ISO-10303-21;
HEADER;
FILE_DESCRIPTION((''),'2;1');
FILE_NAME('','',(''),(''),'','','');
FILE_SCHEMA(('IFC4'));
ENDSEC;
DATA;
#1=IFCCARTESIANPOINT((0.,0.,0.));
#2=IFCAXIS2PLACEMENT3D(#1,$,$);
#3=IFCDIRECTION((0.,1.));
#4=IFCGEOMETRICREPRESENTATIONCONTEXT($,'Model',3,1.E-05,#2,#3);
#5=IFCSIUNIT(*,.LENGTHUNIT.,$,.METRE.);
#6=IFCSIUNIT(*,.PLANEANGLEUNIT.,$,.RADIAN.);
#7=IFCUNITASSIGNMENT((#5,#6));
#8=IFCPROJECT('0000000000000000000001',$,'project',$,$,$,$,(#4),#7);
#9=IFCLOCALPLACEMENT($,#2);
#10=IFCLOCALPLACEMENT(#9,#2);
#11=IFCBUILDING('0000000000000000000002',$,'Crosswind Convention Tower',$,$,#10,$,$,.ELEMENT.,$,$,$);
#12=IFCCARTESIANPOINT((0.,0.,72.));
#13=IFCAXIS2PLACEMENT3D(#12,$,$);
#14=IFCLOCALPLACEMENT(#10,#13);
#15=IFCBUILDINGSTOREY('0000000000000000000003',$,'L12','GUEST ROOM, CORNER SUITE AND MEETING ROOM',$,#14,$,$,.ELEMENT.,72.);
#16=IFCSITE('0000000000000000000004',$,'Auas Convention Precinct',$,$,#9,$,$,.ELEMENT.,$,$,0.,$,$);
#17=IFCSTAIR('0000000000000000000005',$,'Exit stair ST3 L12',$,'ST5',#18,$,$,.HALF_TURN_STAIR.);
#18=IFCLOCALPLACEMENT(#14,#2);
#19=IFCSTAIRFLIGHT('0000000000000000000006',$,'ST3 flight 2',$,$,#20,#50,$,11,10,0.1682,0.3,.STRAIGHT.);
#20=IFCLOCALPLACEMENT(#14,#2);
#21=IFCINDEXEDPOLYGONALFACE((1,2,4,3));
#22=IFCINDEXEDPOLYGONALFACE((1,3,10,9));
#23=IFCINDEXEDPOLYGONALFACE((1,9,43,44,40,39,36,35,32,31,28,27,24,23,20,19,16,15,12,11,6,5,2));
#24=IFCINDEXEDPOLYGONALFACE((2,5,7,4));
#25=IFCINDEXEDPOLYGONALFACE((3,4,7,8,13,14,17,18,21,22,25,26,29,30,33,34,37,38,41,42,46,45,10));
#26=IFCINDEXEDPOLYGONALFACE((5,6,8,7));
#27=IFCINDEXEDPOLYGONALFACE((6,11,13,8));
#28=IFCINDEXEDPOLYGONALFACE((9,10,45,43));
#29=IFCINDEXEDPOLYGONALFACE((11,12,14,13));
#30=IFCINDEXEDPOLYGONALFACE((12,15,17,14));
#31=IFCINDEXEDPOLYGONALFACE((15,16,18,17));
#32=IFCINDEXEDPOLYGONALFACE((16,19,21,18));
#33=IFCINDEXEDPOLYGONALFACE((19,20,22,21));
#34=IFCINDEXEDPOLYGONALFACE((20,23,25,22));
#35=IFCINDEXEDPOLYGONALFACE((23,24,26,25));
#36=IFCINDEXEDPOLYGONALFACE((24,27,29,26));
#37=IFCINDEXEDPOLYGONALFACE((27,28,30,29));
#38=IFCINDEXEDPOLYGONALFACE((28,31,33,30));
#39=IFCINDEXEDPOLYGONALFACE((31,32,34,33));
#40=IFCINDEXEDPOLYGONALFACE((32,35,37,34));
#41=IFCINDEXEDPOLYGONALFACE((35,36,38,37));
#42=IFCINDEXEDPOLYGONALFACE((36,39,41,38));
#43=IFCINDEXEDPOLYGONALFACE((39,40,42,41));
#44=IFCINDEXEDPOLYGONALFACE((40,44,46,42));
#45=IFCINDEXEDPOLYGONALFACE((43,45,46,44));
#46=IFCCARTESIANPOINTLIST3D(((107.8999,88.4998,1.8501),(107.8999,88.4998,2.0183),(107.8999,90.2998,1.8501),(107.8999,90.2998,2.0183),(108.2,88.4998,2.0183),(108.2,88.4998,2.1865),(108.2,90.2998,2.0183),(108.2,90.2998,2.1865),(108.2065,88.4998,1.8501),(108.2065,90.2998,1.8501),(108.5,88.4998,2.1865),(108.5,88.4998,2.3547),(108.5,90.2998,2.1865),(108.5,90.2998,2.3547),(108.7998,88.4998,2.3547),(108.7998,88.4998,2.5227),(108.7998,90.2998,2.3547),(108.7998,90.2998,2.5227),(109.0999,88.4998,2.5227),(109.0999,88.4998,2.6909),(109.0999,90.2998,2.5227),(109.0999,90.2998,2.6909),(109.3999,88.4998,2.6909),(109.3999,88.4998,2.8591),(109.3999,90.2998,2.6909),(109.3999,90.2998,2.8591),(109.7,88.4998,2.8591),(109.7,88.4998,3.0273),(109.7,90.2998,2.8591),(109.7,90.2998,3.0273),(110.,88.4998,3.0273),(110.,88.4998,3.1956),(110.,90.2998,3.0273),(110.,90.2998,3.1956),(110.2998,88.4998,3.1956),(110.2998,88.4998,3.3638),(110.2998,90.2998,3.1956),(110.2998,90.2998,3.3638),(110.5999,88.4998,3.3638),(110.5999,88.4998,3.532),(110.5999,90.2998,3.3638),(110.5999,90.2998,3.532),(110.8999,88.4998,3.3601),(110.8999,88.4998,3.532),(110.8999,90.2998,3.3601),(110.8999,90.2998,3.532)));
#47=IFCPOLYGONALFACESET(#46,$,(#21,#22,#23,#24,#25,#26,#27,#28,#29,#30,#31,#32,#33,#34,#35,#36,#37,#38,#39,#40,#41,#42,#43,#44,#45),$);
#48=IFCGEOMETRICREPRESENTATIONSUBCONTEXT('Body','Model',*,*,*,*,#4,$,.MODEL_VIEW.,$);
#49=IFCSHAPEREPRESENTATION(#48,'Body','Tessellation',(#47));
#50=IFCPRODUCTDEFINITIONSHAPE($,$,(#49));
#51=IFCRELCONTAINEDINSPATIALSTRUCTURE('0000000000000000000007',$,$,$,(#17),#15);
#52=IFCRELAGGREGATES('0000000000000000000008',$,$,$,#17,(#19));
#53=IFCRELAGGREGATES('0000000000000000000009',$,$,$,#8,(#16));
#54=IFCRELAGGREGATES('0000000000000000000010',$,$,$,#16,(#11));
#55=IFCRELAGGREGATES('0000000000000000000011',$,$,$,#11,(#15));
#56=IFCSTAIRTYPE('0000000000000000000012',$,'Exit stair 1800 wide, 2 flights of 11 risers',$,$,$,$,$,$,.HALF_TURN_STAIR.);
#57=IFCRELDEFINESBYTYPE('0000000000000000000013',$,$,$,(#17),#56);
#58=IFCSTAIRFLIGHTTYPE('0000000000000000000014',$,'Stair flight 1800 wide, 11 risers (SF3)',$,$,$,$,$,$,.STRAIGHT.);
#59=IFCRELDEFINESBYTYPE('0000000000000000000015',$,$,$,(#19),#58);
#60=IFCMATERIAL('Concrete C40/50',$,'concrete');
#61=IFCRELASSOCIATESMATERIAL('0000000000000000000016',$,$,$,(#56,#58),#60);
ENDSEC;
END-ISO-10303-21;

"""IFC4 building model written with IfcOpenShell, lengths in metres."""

from ifc_helpers import new_model, si_unit, direction, frame, origin, place, context, subcontext, project, spatial, polyline, outline, extrude, material, type_object, element, aggregate, save


model = new_model("IFC4")

# Units and contexts
model_context = context("Model", 3, precision=1e-05, world=origin(), true_north=direction((0.0, 1.0)))
body_context = subcontext(model_context, "Body", "Model", "MODEL_VIEW")
ifc_project = project(units=[si_unit("LENGTHUNIT", "METRE"), si_unit("PLANEANGLEUNIT", "RADIAN")], contexts=[model_context])

# Site, building, storey
site_placement = place(None, origin())
site = spatial("IfcSite", under=ifc_project, at=site_placement, Name="Auas Convention Precinct", CompositionType="ELEMENT", RefElevation=0.0)
building_placement = place(site_placement, origin())
building = spatial("IfcBuilding", under=site, at=building_placement, Name="Crosswind Convention Tower", CompositionType="ELEMENT")
storey_placement = place(building_placement, frame((0.0, 0.0, 72.0)))
storey = spatial("IfcBuildingStorey", under=building, at=storey_placement, Name="L12", Description="GUEST ROOM, CORNER SUITE AND MEETING ROOM", CompositionType="ELEMENT", Elevation=72.0)

# Stair, stair flight
ifc_material_1 = material(Name="Concrete C40/50", Category="concrete")
stair_type = type_object("IfcStairType", Name="Exit stair 1800 wide, 2 flights of 11 risers", PredefinedType="HALF_TURN_STAIR", material=ifc_material_1)
stair_placement = place(storey_placement, origin())
stair = element("IfcStair", 1, at=stair_placement, inside=storey, type_object=stair_type, Name="Exit stair ST3 L12", ObjectType="ST5", PredefinedType="HALF_TURN_STAIR")
stair_flight_type = type_object("IfcStairFlightType", Name="Stair flight 1800 wide, 11 risers (SF3)", PredefinedType="STRAIGHT", material=ifc_material_1)
stair_flight_1_placement = place(storey_placement, frame((107.8999, 89.3999, 1.8501), z_axis=(0.0, 0.0, 1.0), x_axis=(1.0, 0.0, 0.0)))
stair_flight_1 = element("IfcStairFlight", 2, at=stair_flight_1_placement, type_object=stair_flight_type, Name="ST3 flight 2", NumberOfRisers=11, NumberOfTreads=10, PredefinedType="STRAIGHT", RiserHeight=0.1682, TreadLength=0.3, context=body_context, shape_type="SweptSolid", body=[
    extrude(outline(polyline([(0.0, 0.0), (0.0, 0.1682), (0.3, 0.1682), (0.3, 0.3364), (0.6001, 0.3364), (0.6001, 0.5046), (0.8999, 0.5046), (0.8999, 0.6726), (1.2, 0.6726), (1.2, 0.8408), (1.5, 0.8408), (1.5, 1.009), (1.8, 1.009), (1.8, 1.1772), (2.1001, 1.1772), (2.1001, 1.3455), (2.3999, 1.3455), (2.3999, 1.5137), (2.7, 1.5137), (2.7, 1.6819), (3.0, 1.6819), (3.0, 1.8501), (3.0, 1.51), (0.3066, 0.0), (0.0, 0.0)])), frame((0.0, 0.8999, 0.0), z_axis=(0.0, -1.0, 0.0), x_axis=(1.0, 0.0, 0.0)), (0.0, 0.0, 1.0), 1.8),
])
aggregate(stair, [stair_flight_1])

save(model, "model.ifc")
